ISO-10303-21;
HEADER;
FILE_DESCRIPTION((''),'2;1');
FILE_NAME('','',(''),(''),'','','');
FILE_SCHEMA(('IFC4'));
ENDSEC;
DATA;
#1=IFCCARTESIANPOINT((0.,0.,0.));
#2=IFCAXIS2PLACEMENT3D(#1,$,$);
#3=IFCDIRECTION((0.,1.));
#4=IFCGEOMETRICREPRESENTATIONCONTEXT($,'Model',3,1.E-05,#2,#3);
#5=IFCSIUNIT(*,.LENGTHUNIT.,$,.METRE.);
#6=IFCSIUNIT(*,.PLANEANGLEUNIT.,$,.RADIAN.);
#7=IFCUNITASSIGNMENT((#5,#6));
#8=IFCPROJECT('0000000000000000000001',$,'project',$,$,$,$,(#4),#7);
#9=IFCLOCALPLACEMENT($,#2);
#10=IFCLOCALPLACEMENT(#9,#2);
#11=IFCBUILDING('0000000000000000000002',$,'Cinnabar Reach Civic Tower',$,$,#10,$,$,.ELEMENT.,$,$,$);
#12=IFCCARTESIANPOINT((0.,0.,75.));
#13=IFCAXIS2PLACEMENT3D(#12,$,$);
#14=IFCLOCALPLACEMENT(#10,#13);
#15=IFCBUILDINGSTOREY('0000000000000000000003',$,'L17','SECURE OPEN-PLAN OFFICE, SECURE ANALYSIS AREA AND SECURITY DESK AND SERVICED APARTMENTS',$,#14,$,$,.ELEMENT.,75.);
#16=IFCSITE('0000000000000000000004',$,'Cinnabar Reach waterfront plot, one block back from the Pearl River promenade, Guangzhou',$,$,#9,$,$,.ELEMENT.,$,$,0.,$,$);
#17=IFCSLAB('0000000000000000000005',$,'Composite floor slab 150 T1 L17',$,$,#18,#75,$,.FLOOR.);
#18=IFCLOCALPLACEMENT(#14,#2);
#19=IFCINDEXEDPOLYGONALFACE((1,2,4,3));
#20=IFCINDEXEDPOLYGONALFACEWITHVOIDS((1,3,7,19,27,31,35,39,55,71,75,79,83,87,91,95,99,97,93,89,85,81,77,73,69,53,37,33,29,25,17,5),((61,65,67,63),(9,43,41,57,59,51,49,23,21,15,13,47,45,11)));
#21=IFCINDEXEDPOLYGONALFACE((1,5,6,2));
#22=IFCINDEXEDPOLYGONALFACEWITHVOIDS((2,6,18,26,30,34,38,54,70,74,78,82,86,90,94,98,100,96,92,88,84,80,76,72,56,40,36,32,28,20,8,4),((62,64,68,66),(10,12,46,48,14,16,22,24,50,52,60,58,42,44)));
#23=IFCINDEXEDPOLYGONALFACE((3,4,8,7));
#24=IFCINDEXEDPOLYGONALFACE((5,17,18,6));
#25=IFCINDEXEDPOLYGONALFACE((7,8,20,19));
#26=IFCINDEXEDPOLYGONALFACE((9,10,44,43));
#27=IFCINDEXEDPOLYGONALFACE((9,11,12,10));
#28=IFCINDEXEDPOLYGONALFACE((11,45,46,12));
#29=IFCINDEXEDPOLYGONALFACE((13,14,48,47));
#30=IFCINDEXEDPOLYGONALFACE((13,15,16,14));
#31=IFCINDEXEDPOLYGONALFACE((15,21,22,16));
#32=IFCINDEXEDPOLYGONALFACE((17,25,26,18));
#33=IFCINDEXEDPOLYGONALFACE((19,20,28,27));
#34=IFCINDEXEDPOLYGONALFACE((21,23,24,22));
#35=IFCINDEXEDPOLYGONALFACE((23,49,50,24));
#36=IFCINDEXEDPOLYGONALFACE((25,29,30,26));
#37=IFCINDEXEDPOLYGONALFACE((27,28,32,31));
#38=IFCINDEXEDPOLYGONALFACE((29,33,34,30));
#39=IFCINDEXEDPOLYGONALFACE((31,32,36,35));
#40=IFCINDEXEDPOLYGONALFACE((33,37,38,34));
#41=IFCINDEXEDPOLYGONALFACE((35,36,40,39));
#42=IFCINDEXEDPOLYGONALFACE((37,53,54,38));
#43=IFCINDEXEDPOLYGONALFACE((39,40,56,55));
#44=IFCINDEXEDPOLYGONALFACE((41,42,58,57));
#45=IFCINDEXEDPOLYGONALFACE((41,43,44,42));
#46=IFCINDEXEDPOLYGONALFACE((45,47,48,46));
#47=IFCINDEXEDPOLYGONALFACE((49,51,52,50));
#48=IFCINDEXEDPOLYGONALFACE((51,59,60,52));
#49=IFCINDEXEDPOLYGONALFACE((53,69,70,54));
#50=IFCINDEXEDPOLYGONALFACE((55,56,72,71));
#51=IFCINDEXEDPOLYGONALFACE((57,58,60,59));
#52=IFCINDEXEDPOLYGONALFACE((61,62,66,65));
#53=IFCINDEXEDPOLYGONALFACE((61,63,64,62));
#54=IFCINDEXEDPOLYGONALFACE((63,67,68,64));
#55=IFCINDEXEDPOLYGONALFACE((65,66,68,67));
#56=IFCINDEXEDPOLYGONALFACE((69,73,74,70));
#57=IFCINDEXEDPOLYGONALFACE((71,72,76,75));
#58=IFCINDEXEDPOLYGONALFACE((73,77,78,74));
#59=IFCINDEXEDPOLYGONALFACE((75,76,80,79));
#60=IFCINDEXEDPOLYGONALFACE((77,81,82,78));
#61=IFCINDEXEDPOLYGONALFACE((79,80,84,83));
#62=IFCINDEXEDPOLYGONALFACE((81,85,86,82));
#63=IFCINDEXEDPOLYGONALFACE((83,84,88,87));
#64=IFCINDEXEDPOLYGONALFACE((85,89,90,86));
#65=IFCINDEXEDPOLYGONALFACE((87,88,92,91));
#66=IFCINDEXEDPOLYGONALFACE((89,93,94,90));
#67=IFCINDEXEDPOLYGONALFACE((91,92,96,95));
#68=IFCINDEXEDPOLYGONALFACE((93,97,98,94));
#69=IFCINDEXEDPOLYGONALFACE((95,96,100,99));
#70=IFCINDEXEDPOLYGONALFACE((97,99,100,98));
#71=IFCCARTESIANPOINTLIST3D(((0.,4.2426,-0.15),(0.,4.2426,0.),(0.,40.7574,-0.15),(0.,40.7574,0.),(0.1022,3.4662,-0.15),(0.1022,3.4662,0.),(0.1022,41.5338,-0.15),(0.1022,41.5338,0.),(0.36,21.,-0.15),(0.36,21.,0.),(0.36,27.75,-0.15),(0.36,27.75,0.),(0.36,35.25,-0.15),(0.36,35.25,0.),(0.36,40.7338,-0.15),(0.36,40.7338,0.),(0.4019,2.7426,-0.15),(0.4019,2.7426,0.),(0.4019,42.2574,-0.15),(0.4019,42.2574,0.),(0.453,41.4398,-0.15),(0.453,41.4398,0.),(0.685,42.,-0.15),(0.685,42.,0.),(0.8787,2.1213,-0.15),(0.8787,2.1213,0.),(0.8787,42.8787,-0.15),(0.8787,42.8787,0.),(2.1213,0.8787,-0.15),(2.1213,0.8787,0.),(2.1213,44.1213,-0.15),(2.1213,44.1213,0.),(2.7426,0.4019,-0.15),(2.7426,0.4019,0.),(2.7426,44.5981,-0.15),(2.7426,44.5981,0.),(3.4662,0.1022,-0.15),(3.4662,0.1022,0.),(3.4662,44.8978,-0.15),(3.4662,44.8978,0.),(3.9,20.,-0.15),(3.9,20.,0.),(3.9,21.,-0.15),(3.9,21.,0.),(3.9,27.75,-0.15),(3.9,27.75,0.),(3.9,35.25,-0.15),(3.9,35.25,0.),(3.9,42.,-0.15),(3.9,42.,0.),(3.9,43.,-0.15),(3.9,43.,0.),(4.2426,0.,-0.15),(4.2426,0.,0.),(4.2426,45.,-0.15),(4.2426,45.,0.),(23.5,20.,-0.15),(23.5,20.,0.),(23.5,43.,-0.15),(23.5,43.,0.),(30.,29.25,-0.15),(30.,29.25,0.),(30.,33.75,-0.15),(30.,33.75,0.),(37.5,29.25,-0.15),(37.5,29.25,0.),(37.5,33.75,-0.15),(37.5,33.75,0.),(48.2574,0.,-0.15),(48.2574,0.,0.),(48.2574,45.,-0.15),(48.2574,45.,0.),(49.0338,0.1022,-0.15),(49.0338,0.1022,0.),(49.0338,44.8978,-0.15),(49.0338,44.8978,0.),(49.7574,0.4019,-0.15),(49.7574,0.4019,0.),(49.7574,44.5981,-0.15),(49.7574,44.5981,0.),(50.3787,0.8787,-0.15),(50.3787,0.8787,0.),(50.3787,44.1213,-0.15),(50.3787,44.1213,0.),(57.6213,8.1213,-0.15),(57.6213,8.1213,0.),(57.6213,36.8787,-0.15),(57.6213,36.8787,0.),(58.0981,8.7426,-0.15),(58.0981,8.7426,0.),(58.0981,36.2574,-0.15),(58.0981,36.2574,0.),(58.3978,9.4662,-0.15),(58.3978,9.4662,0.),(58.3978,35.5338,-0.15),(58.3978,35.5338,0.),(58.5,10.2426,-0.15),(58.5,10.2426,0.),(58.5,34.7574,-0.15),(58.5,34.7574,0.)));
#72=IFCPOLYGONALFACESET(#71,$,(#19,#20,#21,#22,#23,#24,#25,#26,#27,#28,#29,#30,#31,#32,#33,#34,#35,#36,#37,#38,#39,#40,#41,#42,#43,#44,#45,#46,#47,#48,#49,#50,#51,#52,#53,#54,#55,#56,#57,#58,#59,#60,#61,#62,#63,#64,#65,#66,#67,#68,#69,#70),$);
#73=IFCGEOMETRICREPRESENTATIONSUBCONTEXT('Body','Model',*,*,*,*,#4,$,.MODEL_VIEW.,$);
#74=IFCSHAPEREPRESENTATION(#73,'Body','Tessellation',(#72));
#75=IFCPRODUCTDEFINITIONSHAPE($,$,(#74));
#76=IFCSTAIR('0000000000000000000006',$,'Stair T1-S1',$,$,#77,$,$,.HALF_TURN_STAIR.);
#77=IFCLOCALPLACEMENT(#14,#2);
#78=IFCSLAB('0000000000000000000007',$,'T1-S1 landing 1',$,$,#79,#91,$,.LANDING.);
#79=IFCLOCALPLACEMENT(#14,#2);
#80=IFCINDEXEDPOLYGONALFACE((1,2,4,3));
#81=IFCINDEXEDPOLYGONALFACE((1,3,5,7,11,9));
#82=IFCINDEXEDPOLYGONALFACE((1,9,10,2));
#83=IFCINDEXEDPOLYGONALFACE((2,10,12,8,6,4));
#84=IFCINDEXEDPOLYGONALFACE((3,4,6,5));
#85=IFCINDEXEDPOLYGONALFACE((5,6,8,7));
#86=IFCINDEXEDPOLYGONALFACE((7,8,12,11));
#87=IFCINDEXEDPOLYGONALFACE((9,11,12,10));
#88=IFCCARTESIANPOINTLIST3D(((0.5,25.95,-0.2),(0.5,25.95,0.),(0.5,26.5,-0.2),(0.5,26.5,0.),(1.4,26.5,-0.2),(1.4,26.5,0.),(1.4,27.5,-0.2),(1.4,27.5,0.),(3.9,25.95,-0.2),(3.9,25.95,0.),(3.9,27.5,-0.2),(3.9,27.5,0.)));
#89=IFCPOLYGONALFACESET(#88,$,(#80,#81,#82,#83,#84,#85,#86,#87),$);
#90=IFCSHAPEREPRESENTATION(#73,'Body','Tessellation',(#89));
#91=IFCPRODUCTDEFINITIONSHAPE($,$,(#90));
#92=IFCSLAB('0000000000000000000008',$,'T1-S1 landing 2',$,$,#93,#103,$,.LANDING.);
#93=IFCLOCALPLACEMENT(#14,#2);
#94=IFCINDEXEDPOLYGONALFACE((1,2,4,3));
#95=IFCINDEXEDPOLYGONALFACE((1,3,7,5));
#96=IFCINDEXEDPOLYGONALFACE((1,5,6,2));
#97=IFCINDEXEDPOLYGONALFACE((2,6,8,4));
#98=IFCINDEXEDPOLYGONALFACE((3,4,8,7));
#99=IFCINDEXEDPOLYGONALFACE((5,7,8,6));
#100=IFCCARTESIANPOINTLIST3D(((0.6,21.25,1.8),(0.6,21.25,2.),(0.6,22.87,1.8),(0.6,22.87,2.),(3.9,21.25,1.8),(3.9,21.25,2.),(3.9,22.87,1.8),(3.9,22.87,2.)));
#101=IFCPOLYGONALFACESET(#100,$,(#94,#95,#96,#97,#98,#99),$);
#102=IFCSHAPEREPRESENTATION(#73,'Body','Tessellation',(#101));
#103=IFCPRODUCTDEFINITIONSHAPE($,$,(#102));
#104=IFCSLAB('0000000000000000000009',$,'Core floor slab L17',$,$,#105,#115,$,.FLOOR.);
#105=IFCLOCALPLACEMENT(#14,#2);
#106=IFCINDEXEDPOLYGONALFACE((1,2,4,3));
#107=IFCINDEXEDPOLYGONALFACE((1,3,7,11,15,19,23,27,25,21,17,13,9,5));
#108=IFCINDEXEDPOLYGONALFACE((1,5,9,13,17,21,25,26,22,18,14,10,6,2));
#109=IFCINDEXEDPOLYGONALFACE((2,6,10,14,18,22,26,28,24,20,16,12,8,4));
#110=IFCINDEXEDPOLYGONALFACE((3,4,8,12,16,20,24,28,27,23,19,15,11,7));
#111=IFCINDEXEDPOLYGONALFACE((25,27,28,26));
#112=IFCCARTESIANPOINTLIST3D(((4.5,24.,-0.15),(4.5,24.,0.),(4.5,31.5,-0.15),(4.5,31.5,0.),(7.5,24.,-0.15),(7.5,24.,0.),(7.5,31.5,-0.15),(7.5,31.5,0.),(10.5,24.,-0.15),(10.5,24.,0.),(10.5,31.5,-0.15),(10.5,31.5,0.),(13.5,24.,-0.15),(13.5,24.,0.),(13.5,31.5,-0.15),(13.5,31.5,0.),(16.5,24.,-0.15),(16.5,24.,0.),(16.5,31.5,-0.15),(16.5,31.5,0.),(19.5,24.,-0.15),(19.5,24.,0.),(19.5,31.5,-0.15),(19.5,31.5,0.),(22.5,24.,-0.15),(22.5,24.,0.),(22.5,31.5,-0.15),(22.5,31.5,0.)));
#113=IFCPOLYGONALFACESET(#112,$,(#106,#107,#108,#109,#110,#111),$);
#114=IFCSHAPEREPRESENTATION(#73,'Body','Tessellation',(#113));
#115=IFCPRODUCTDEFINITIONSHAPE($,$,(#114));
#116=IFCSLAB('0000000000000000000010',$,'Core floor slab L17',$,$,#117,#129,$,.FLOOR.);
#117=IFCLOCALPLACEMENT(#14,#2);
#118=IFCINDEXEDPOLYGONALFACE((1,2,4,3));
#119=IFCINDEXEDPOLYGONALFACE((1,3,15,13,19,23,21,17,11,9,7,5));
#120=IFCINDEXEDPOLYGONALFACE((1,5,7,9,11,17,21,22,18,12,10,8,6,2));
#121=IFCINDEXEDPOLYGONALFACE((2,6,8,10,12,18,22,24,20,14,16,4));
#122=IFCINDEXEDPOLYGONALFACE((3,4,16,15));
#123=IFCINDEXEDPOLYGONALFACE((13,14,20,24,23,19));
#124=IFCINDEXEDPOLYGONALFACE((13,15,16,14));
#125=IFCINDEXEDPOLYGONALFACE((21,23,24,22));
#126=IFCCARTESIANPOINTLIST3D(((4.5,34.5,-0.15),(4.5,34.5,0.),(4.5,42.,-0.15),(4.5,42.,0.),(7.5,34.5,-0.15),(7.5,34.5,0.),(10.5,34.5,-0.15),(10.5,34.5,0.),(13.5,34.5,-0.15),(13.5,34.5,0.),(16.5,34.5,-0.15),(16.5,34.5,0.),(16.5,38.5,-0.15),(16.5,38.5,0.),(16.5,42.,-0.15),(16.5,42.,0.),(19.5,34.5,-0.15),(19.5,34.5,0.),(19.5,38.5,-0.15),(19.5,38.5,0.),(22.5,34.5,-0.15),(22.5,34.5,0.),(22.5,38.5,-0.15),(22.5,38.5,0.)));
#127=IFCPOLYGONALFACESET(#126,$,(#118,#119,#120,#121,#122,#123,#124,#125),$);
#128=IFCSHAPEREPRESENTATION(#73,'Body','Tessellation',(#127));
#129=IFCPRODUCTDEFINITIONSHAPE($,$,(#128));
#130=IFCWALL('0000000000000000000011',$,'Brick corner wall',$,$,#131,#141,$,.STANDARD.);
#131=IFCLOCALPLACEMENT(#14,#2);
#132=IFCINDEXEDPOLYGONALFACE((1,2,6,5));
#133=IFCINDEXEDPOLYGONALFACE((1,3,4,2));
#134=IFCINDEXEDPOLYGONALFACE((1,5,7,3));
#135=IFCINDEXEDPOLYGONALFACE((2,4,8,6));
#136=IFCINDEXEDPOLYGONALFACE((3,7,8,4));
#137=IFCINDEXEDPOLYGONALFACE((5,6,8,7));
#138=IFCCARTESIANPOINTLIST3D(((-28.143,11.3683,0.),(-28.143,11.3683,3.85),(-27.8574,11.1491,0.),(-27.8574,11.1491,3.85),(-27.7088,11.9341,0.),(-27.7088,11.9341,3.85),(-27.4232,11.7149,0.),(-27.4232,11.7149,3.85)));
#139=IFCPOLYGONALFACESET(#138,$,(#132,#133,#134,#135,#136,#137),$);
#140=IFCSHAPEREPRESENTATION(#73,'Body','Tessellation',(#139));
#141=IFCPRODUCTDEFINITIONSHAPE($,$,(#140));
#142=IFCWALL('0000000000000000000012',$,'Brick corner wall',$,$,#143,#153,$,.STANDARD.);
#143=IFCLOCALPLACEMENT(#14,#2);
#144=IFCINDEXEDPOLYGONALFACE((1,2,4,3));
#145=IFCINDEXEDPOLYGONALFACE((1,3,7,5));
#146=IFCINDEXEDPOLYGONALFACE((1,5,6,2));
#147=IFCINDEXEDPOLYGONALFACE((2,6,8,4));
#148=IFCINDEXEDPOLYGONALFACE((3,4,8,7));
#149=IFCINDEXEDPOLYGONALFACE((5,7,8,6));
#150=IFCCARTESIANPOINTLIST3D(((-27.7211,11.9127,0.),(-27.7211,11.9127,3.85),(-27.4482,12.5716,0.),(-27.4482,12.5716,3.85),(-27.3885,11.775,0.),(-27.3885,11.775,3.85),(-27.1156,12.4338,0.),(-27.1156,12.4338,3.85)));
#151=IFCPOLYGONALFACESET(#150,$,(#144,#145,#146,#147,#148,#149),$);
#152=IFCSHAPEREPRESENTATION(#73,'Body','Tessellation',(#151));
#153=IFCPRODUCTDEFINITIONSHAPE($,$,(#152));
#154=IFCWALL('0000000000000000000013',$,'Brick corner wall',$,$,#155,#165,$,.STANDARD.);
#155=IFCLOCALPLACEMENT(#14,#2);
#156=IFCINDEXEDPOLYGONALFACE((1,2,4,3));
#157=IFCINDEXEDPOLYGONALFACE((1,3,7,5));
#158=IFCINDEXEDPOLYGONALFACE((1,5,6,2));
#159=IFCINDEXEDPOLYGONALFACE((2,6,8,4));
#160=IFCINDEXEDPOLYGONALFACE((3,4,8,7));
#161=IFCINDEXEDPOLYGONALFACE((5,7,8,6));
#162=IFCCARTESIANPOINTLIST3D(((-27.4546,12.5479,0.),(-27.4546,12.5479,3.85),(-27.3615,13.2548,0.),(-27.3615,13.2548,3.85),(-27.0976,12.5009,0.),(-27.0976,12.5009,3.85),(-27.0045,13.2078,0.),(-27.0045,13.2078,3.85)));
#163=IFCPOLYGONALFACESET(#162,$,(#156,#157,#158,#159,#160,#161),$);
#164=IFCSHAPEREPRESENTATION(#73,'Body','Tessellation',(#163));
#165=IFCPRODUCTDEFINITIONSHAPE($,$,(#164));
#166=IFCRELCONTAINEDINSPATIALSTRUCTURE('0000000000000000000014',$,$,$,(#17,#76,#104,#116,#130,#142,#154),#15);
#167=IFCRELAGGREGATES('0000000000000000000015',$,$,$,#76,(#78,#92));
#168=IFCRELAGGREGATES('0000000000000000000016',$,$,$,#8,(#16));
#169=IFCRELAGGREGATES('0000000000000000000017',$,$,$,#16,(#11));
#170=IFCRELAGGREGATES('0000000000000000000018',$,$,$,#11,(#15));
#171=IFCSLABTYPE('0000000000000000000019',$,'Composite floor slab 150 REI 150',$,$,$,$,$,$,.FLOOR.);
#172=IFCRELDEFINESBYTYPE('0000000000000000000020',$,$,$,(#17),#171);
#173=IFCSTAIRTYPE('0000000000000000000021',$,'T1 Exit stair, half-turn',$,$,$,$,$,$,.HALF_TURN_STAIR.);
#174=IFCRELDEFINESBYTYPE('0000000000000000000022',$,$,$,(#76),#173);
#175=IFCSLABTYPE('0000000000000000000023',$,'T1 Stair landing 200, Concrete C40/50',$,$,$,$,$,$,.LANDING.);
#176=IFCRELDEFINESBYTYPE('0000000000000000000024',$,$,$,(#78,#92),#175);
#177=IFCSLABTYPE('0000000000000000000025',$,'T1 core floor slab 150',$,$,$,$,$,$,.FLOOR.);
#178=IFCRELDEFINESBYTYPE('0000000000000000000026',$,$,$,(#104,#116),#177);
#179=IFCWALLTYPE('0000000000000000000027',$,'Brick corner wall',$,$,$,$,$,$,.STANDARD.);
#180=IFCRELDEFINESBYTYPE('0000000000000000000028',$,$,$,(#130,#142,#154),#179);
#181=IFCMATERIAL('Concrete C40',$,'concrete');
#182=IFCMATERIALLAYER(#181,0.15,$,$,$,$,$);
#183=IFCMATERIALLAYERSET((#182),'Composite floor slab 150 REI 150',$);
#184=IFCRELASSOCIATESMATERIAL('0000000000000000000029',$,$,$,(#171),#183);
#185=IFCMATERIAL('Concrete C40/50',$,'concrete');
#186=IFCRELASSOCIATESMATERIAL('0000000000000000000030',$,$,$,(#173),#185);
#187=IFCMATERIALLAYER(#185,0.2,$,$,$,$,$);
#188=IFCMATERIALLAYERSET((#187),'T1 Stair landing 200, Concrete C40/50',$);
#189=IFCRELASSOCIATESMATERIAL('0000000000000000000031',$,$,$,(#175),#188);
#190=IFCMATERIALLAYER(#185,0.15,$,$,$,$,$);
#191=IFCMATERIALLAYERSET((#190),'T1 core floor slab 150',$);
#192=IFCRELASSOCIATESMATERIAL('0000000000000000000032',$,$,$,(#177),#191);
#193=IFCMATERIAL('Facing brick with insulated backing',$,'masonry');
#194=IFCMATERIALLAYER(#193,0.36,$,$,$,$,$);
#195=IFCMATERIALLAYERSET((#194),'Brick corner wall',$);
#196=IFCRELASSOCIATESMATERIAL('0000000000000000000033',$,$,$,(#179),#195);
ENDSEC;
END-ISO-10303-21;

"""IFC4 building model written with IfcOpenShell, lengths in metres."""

from ifc_helpers import new_model, si_unit, direction, frame, frame_2d, origin, place, context, subcontext, project, spatial, polyline, rectangle, outline, extrude, material, layer, layer_set, type_object, element, aggregate, save


model = new_model("IFC4")

# Units and contexts
model_context = context("Model", 3, precision=1e-05, world=origin(), true_north=direction((0.0, 1.0)))
body_context = subcontext(model_context, "Body", "Model", "MODEL_VIEW")
ifc_project = project(units=[si_unit("LENGTHUNIT", "METRE"), si_unit("PLANEANGLEUNIT", "RADIAN")], contexts=[model_context])

# Site, building, storey
site_placement = place(None, origin())
site = spatial("IfcSite", under=ifc_project, at=site_placement, Name="Cinnabar Reach waterfront plot, one block back from the Pearl River promenade, Guangzhou", CompositionType="ELEMENT", RefElevation=0.0)
building_placement = place(site_placement, origin())
building = spatial("IfcBuilding", under=site, at=building_placement, Name="Cinnabar Reach Civic Tower", CompositionType="ELEMENT")
storey_placement = place(building_placement, frame((0.0, 0.0, 75.0)))
storey = spatial("IfcBuildingStorey", under=building, at=storey_placement, Name="L17", Description="SECURE OPEN-PLAN OFFICE, SECURE ANALYSIS AREA AND SECURITY DESK AND SERVICED APARTMENTS", CompositionType="ELEMENT", Elevation=75.0)

# Shared definitions
ifc_material_1 = material(Name="Concrete C40", Category="concrete")

# Slab
ifc_layer_1 = layer(ifc_material_1, 0.15)
ifc_layer_set_1 = layer_set([ifc_layer_1], Name="Composite floor slab 150 REI 150")
slab_type_1 = type_object("IfcSlabType", Name="Composite floor slab 150 REI 150", PredefinedType="FLOOR", material=ifc_layer_set_1)
slab_1_placement = place(storey_placement, frame((0.0, 0.0, -0.15)))
element("IfcSlab", 1, at=slab_1_placement, inside=storey, type_object=slab_type_1, Name="Composite floor slab 150 T1 L17", PredefinedType="FLOOR", context=body_context, shape_type="SweptSolid", body=[
    extrude(outline(polyline([(0.8787, 2.1213), (0.4019, 2.7426), (0.1022, 3.4662), (0.0, 4.2426), (0.0, 40.7574), (0.1022, 41.5338), (0.4019, 42.2574), (0.8787, 42.8787), (2.1213, 44.1213), (2.7426, 44.5981), (3.4662, 44.8978), (4.2426, 45.0), (48.2574, 45.0), (49.0338, 44.8978), (49.7574, 44.5981), (50.3787, 44.1213), (57.6213, 36.8787), (58.0981, 36.2574), (58.3978, 35.5338), (58.5, 34.7574), (58.5, 10.2426), (58.3978, 9.4662), (58.0981, 8.7426), (57.6213, 8.1213), (50.3787, 0.8787), (49.7574, 0.4019), (49.0338, 0.1022), (48.2574, 0.0), (4.2426, 0.0), (3.4662, 0.1022), (2.7426, 0.4019), (2.1213, 0.8787), (0.8787, 2.1213)]), holes=[polyline([(0.36, 21.0), (3.9, 21.0), (3.9, 20.0), (23.5, 20.0), (23.5, 43.0), (3.9, 43.0), (3.9, 42.0), (0.685, 42.0), (0.453, 41.4398), (0.36, 40.7338), (0.36, 35.25), (3.9, 35.25), (3.9, 27.75), (0.36, 27.75), (0.36, 21.0)]), polyline([(30.0, 33.75), (30.0, 29.25), (37.5, 29.25), (37.5, 33.75), (30.0, 33.75)])]), origin(), (0.0, 0.0, 1.0), 0.15),
])

# Stair, slabs
ifc_material_2 = material(Name="Concrete C40/50", Category="concrete")
stair_type = type_object("IfcStairType", Name="T1 Exit stair, half-turn", PredefinedType="HALF_TURN_STAIR", material=ifc_material_2)
stair_placement = place(storey_placement, origin())
stair = element("IfcStair", 2, at=stair_placement, inside=storey, type_object=stair_type, Name="Stair T1-S1", PredefinedType="HALF_TURN_STAIR")
ifc_layer_2 = layer(ifc_material_2, 0.2)
ifc_layer_set_2 = layer_set([ifc_layer_2], Name="T1 Stair landing 200, Concrete C40/50")
slab_type_2 = type_object("IfcSlabType", Name="T1 Stair landing 200, Concrete C40/50", PredefinedType="LANDING", material=ifc_layer_set_2)
slab_2_placement = place(storey_placement, frame((0.0, 0.0, -0.2)))
slab_2 = element("IfcSlab", 3, at=slab_2_placement, type_object=slab_type_2, Name="T1-S1 landing 1", PredefinedType="LANDING", context=body_context, shape_type="SweptSolid", body=[
    extrude(outline(polyline([(3.9, 27.5), (3.9, 25.95), (0.5, 25.95), (0.5, 26.5), (1.4, 26.5), (1.4, 27.5), (3.9, 27.5)])), origin(), (0.0, 0.0, 1.0), 0.2),
])
slab_3_placement = place(storey_placement, frame((0.0, 0.0, 1.8)))
slab_3 = element("IfcSlab", 4, at=slab_3_placement, type_object=slab_type_2, Name="T1-S1 landing 2", PredefinedType="LANDING", context=body_context, shape_type="SweptSolid", body=[
    extrude(outline(polyline([(0.6, 21.25), (0.6, 22.87), (3.9, 22.87), (3.9, 21.25), (0.6, 21.25)])), origin(), (0.0, 0.0, 1.0), 0.2),
])
aggregate(stair, [slab_2, slab_3])

# Slabs
ifc_layer_3 = layer(ifc_material_2, 0.15)
ifc_layer_set_3 = layer_set([ifc_layer_3], Name="T1 core floor slab 150")
slab_type_3 = type_object("IfcSlabType", Name="T1 core floor slab 150", PredefinedType="FLOOR", material=ifc_layer_set_3)
slab_4_placement = place(storey_placement, frame((0.0, 0.0, -0.15)))
element("IfcSlab", 5, at=slab_4_placement, inside=storey, type_object=slab_type_3, Name="Core floor slab L17", PredefinedType="FLOOR", context=body_context, shape_type="SweptSolid", body=[
    extrude(outline(polyline([(22.5, 24.0), (19.5, 24.0), (16.5, 24.0), (13.5, 24.0), (10.5, 24.0), (7.5, 24.0), (4.5, 24.0), (4.5, 31.5), (7.5, 31.5), (10.5, 31.5), (13.5, 31.5), (16.5, 31.5), (19.5, 31.5), (22.5, 31.5), (22.5, 24.0)])), origin(), (0.0, 0.0, 1.0), 0.15),
])
slab_5_placement = place(storey_placement, frame((0.0, 0.0, -0.15)))
element("IfcSlab", 6, at=slab_5_placement, inside=storey, type_object=slab_type_3, Name="Core floor slab L17", PredefinedType="FLOOR", context=body_context, shape_type="SweptSolid", body=[
    extrude(outline(polyline([(22.5, 34.5), (19.5, 34.5), (16.5, 34.5), (13.5, 34.5), (10.5, 34.5), (7.5, 34.5), (4.5, 34.5), (4.5, 42.0), (16.5, 42.0), (16.5, 38.5), (19.5, 38.5), (22.5, 38.5), (22.5, 34.5)])), origin(), (0.0, 0.0, 1.0), 0.15),
])

# Walls
ifc_material_3 = material(Name="Facing brick with insulated backing", Category="masonry")
ifc_layer_4 = layer(ifc_material_3, 0.36)
ifc_layer_set_4 = layer_set([ifc_layer_4], Name="Brick corner wall")
wall_type_1 = type_object("IfcWallType", Name="Brick corner wall", PredefinedType="STANDARD", material=ifc_layer_set_4)
wall_1_placement = place(storey_placement, frame((-28.0002, 11.2587, 0.0), z_axis=(0.0, 0.0, 1.0), x_axis=(0.608802, 0.793322, 0.0)))
element("IfcWall", 7, at=wall_1_placement, inside=storey, type_object=wall_type_1, Name="Brick corner wall", PredefinedType="STANDARD", context=body_context, shape_type="SweptSolid", body=[
    extrude(rectangle(XDim=0.7132, YDim=0.36, at=frame_2d((0.3566, 0.0))), origin(), (0.0, 0.0, 1.0), 3.85),
])
for number, where, z_axis, x_axis, name in (
    (8, (-27.5548, 11.8439, 0.0), (0.0, 0.0, 1.0), (0.382703, 0.923872, 0.0), "Brick corner wall"),
    (9, (-27.2761, 12.5244, 0.0), (0.0, 0.0, 1.0), (0.130556, 0.991441, 0.0), "Brick corner wall"),
):
    element("IfcWall", number, at=place(storey_placement, frame(where, z_axis=z_axis, x_axis=x_axis)), inside=storey, type_object=wall_type_1, Name=name, PredefinedType="STANDARD", context=body_context, shape_type="SweptSolid", body=[
        extrude(rectangle(XDim=0.7131, YDim=0.36, at=frame_2d((0.3565, 0.0))), origin(), (0.0, 0.0, 1.0), 3.85),
    ])

save(model, "model.ifc")
